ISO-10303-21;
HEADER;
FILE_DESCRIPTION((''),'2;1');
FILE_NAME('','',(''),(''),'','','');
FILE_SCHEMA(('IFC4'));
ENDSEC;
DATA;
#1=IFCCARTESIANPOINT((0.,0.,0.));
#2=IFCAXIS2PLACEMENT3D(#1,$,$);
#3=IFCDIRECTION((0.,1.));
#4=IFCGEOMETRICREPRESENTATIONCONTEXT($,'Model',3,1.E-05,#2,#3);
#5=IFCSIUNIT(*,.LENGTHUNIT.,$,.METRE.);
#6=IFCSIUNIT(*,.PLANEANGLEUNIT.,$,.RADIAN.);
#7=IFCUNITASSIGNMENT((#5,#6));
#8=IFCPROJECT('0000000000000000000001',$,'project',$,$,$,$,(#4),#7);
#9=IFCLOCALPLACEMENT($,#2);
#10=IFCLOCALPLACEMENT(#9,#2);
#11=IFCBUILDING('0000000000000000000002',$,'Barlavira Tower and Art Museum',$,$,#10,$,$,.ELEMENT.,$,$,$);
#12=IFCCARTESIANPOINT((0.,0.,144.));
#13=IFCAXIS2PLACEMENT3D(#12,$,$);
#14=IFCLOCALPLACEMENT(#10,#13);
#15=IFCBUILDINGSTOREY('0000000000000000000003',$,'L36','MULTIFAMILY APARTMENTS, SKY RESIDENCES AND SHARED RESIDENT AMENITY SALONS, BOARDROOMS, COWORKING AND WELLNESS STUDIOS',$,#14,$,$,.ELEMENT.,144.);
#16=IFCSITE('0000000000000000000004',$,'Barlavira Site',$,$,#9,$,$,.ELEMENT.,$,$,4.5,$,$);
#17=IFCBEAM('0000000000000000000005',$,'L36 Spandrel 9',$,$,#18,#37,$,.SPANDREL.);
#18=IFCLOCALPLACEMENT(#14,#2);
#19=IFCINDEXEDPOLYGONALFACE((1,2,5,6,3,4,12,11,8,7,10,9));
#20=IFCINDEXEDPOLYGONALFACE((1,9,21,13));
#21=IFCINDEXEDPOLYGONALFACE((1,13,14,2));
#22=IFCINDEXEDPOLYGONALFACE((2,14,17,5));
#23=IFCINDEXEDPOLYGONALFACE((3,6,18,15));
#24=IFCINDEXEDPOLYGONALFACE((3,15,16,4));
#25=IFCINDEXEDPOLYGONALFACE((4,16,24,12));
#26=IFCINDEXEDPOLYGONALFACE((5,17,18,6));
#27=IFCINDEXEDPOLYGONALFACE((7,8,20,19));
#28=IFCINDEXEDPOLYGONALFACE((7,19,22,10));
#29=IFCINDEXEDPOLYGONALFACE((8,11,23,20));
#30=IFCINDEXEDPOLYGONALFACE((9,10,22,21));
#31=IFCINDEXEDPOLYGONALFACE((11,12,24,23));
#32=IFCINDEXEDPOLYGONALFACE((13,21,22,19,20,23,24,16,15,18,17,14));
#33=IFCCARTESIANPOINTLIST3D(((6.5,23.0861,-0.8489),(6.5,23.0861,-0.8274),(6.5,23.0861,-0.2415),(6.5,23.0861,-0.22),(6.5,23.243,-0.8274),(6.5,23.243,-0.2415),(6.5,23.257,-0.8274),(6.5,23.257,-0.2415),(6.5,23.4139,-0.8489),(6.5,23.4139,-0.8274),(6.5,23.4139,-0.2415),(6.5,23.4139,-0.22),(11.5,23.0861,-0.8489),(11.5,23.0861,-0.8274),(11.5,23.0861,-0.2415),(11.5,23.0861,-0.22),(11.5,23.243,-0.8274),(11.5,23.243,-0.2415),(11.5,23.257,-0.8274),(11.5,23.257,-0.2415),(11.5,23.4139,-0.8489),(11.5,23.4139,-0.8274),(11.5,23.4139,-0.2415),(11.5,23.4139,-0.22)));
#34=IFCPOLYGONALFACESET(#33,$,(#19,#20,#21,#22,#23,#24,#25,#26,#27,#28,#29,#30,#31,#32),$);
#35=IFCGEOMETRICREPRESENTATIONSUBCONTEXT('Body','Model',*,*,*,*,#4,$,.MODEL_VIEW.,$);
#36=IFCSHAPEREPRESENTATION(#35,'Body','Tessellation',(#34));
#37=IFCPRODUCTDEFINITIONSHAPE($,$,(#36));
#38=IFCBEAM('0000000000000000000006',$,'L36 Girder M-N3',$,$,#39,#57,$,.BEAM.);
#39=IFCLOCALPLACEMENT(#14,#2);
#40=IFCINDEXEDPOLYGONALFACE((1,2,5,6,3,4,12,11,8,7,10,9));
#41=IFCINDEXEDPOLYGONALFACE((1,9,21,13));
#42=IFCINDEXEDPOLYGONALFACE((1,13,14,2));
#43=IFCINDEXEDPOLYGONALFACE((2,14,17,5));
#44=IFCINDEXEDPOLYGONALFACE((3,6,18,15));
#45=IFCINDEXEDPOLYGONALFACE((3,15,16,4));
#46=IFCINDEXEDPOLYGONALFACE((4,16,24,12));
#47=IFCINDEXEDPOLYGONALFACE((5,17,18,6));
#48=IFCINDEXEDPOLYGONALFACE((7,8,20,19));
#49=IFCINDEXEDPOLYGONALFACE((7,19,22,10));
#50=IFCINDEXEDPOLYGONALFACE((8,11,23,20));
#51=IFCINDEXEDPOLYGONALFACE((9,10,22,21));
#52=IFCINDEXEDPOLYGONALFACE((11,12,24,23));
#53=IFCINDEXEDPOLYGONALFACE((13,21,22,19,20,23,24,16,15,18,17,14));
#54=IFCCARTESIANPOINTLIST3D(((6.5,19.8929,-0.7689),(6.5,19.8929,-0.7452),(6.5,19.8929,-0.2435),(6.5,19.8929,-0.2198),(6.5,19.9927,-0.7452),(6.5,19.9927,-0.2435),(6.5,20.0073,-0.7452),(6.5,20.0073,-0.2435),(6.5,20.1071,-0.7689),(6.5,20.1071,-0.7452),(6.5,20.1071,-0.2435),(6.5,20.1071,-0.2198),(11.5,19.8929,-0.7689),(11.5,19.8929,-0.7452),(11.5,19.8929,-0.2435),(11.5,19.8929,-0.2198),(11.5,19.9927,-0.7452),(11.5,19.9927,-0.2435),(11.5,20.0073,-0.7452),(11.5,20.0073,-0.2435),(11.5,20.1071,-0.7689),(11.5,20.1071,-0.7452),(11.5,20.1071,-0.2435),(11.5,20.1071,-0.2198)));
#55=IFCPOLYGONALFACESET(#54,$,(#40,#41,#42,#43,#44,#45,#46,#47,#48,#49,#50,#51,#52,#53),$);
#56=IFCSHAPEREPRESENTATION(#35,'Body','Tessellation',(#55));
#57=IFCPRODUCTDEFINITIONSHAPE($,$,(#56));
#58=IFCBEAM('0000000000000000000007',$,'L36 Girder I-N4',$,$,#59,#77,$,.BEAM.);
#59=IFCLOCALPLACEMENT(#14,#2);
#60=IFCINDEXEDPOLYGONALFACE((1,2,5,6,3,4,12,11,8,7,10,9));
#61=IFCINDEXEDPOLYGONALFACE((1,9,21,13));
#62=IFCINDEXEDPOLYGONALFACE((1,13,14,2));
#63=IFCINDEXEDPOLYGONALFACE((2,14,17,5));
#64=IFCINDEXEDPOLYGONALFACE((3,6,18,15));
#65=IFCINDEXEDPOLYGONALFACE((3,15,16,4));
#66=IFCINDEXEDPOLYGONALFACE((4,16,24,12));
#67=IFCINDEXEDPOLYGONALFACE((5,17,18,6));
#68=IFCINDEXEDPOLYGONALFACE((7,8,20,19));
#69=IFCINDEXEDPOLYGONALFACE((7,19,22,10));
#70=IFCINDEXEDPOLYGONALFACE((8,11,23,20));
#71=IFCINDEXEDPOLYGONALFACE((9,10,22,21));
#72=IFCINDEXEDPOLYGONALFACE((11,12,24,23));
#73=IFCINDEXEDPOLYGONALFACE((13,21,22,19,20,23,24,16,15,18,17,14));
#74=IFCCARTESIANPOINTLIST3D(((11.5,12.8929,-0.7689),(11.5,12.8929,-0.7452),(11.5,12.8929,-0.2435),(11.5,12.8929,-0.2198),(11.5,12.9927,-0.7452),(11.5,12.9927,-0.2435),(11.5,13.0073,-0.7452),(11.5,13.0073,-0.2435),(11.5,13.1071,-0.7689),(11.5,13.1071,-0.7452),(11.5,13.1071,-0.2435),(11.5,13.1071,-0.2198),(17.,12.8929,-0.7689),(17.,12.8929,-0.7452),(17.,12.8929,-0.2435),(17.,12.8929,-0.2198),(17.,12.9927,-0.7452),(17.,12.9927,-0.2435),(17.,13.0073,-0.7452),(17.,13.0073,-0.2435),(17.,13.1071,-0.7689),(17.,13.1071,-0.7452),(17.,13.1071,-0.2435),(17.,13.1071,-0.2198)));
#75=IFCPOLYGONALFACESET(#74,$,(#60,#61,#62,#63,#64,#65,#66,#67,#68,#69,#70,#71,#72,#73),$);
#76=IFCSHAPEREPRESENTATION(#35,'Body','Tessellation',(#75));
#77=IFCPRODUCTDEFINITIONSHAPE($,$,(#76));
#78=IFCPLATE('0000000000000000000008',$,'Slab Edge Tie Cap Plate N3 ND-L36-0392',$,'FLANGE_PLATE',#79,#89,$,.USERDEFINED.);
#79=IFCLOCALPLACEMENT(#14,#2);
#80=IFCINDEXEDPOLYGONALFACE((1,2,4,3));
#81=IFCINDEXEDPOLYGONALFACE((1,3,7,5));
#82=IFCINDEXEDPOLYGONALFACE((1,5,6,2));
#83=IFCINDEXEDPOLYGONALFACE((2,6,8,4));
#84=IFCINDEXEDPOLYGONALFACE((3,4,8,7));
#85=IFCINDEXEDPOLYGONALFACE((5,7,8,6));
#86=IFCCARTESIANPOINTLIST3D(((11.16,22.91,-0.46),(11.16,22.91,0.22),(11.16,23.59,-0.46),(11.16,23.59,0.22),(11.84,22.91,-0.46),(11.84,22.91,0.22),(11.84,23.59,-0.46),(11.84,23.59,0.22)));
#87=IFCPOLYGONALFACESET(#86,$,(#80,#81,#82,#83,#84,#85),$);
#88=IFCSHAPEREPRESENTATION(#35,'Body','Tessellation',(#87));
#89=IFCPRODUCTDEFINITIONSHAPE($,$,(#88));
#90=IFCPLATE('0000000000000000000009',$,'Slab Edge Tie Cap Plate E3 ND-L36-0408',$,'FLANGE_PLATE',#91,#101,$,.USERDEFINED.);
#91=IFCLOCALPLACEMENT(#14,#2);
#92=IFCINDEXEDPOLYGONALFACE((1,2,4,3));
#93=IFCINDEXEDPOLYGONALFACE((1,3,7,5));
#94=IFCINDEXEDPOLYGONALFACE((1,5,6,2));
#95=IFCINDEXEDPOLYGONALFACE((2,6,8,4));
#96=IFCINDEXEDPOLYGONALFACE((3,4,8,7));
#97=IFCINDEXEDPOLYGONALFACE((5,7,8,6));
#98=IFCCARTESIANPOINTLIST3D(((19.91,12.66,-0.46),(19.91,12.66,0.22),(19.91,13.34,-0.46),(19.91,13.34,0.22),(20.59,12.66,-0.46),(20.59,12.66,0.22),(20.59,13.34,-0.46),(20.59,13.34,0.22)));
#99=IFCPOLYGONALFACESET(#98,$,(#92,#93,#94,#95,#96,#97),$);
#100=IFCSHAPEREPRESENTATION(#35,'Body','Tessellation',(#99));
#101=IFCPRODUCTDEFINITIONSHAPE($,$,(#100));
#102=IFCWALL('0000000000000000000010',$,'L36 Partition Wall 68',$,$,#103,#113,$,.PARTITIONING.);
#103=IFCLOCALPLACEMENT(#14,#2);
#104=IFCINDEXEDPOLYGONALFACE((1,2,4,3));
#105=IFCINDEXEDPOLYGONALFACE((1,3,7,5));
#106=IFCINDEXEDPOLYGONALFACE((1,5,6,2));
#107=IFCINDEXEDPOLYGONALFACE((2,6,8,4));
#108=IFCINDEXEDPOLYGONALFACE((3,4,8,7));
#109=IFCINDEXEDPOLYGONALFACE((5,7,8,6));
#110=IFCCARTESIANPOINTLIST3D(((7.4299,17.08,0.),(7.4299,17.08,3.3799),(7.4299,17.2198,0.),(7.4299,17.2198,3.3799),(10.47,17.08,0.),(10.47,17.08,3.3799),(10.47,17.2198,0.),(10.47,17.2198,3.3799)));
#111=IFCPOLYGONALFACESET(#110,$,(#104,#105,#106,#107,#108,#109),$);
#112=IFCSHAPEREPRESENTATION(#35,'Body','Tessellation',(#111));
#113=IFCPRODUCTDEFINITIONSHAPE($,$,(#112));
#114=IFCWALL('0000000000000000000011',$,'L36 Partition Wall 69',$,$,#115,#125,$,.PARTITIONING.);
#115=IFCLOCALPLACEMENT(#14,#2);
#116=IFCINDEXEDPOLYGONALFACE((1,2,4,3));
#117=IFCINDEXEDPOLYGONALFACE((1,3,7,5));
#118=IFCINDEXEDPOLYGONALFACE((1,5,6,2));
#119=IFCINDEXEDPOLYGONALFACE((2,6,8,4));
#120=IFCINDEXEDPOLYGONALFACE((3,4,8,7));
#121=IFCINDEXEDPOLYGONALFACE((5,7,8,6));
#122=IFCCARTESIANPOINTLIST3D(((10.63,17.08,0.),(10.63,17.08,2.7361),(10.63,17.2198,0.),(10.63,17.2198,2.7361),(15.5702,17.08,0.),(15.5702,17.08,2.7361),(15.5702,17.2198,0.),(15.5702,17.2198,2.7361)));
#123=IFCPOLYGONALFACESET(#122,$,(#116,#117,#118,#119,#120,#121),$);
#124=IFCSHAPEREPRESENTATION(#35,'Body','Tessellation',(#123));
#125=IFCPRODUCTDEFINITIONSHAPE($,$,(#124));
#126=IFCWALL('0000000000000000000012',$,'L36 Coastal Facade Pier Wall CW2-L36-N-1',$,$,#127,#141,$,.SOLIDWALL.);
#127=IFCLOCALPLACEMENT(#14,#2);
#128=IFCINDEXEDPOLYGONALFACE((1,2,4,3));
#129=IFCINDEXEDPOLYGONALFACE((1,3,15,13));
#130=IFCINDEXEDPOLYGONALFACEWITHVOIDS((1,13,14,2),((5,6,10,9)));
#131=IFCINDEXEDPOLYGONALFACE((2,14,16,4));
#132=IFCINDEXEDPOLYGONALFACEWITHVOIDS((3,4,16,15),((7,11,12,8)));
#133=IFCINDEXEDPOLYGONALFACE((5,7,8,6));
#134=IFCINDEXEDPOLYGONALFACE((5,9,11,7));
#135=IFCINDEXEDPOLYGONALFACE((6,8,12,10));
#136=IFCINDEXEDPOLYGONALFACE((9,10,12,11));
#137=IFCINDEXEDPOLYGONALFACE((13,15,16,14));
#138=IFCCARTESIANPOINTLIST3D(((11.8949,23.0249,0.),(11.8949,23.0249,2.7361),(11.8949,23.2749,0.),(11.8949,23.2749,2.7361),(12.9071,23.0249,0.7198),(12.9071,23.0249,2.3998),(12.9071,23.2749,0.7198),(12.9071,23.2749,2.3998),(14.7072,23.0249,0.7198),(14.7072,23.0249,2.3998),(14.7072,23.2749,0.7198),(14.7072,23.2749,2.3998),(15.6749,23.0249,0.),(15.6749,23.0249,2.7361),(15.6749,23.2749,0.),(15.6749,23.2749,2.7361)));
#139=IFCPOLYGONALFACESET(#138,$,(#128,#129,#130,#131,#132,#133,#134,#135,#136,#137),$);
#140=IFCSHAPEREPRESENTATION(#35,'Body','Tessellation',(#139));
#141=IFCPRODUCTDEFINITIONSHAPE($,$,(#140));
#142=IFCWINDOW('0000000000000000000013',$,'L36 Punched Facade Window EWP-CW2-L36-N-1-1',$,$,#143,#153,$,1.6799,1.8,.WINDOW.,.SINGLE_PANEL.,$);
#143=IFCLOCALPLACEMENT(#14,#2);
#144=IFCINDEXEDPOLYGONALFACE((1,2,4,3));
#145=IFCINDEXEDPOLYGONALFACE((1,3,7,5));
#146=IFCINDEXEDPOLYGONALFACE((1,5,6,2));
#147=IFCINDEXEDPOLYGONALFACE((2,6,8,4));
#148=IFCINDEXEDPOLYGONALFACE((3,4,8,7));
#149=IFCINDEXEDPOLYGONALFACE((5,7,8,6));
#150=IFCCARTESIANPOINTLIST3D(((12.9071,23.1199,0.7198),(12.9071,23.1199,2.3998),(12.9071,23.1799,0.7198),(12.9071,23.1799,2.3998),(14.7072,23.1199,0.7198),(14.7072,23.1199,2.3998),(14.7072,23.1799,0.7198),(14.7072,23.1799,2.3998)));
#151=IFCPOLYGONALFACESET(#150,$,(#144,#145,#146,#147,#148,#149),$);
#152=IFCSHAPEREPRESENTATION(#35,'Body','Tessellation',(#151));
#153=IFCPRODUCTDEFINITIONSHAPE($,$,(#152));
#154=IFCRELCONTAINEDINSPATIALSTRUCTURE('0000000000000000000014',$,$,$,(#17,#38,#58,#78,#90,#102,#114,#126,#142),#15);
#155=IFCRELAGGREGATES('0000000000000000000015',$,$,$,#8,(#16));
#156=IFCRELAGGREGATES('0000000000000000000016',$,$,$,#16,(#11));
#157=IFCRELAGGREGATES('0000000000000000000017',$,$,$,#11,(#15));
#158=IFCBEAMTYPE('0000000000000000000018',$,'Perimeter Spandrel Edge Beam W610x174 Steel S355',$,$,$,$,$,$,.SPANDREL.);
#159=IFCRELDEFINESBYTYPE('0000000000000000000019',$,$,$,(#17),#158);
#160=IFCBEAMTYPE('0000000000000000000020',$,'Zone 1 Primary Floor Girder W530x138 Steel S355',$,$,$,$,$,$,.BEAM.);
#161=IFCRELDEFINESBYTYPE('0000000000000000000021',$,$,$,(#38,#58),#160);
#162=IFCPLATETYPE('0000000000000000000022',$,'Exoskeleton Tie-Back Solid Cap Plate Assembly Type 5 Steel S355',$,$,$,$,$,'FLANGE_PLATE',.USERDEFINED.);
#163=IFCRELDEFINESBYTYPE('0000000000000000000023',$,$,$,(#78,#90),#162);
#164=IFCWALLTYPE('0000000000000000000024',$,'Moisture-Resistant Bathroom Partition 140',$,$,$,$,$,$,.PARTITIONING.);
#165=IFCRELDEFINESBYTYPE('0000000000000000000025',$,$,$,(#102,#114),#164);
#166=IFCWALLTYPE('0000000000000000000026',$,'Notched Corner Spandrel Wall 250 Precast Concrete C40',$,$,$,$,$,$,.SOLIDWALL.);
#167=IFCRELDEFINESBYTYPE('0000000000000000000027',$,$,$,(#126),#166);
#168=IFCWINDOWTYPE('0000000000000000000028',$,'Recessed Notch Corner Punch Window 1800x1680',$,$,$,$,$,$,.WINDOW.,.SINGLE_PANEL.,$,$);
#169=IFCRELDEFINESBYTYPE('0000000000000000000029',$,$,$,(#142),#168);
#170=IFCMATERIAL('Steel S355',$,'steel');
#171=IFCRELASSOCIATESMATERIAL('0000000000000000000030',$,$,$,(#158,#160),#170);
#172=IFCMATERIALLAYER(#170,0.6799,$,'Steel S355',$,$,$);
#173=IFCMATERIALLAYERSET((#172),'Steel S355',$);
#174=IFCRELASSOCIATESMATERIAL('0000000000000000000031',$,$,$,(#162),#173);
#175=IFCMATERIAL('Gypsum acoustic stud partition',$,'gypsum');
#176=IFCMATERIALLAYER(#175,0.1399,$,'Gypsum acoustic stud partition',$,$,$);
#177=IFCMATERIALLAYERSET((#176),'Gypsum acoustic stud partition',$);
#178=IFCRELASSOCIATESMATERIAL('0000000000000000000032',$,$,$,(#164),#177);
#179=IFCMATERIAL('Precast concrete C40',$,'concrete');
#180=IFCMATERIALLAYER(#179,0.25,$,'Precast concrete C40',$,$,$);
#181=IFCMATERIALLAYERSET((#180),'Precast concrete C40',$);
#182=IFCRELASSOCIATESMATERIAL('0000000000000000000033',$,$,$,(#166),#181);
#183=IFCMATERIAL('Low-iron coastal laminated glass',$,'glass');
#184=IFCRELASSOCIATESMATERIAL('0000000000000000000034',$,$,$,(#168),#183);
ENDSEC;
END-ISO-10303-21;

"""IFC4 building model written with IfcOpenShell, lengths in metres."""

from ifc_helpers import new_model, si_unit, direction, frame, frame_2d, origin, origin_2d, place, context, subcontext, project, spatial, rectangle, i_section, extrude, material, layer, layer_set, material_profile, profile_set, type_object, element, fill, save


model = new_model("IFC4")

# Units and contexts
model_context = context("Model", 3, precision=1e-05, world=origin(), true_north=direction((0.0, 1.0)))
body_context = subcontext(model_context, "Body", "Model", "MODEL_VIEW")
ifc_project = project(units=[si_unit("LENGTHUNIT", "METRE"), si_unit("PLANEANGLEUNIT", "RADIAN")], contexts=[model_context])

# Site, building, storey
site_placement = place(None, origin())
site = spatial("IfcSite", under=ifc_project, at=site_placement, Name="Barlavira Site", CompositionType="ELEMENT", RefElevation=4.5)
building_placement = place(site_placement, origin())
building = spatial("IfcBuilding", under=site, at=building_placement, Name="Barlavira Tower and Art Museum", CompositionType="ELEMENT")
storey_placement = place(building_placement, frame((0.0, 0.0, 144.0)))
storey = spatial("IfcBuildingStorey", under=building, at=storey_placement, Name="L36", Description="MULTIFAMILY APARTMENTS, SKY RESIDENCES AND SHARED RESIDENT AMENITY SALONS, BOARDROOMS, COWORKING AND WELLNESS STUDIOS", CompositionType="ELEMENT", Elevation=144.0)

# Shared definitions
ifc_material_1 = material(Name="Steel S355", Category="steel")

# Beams
ifc_material_profile_1 = material_profile(ifc_material_1, i_section(OverallWidth=0.3279, OverallDepth=0.6289, WebThickness=0.0139, FlangeThickness=0.0215, at=origin_2d()), Name="W610x174.0")
ifc_profile_set_1 = profile_set([ifc_material_profile_1], Name="Steel S355")
beam_type_1 = type_object("IfcBeamType", Name="Perimeter Spandrel Edge Beam W610x174 Steel S355", PredefinedType="SPANDREL", material=ifc_profile_set_1)
beam_1_placement = place(storey_placement, frame((6.5, 23.25, -0.5344), z_axis=(1.0, 0.0, 0.0), x_axis=(0.0, 1.0, 0.0)))
element("IfcBeam", 1, at=beam_1_placement, inside=storey, type_object=beam_type_1, Name="L36 Spandrel 9", PredefinedType="SPANDREL", context=body_context, shape_type="SweptSolid", body=[
    extrude(i_section(OverallWidth=0.3279, OverallDepth=0.6289, WebThickness=0.0139, FlangeThickness=0.0215, at=origin_2d()), origin(), (0.0, 0.0, 1.0), 5.0),
])
ifc_material_profile_2 = material_profile(ifc_material_1, i_section(OverallWidth=0.2141, OverallDepth=0.5491, WebThickness=0.0146, FlangeThickness=0.0237, at=origin_2d()), Name="W530x138.0")
ifc_profile_set_2 = profile_set([ifc_material_profile_2], Name="Steel S355")
beam_type_2 = type_object("IfcBeamType", Name="Zone 1 Primary Floor Girder W530x138 Steel S355", PredefinedType="BEAM", material=ifc_profile_set_2)
beam_2_placement = place(storey_placement, frame((6.5, 20.0, -0.4944), z_axis=(1.0, 0.0, 0.0), x_axis=(0.0, 1.0, 0.0)))
element("IfcBeam", 2, at=beam_2_placement, inside=storey, type_object=beam_type_2, Name="L36 Girder M-N3", PredefinedType="BEAM", context=body_context, shape_type="SweptSolid", body=[
    extrude(i_section(OverallWidth=0.2141, OverallDepth=0.5491, WebThickness=0.0146, FlangeThickness=0.0237, at=origin_2d()), origin(), (0.0, 0.0, 1.0), 5.0),
])
beam_3_placement = place(storey_placement, frame((11.5, 13.0, -0.4944), z_axis=(1.0, 0.0, 0.0), x_axis=(0.0, 1.0, 0.0)))
element("IfcBeam", 3, at=beam_3_placement, inside=storey, type_object=beam_type_2, Name="L36 Girder I-N4", PredefinedType="BEAM", context=body_context, shape_type="SweptSolid", body=[
    extrude(i_section(OverallWidth=0.2141, OverallDepth=0.5491, WebThickness=0.0146, FlangeThickness=0.0237, at=origin_2d()), origin(), (0.0, 0.0, 1.0), 5.5),
])

# Plates
ifc_layer_1 = layer(ifc_material_1, 0.6799, Name="Steel S355")
ifc_layer_set_1 = layer_set([ifc_layer_1], Name="Steel S355")
plate_type = type_object("IfcPlateType", Name="Exoskeleton Tie-Back Solid Cap Plate Assembly Type 5 Steel S355", ElementType="FLANGE_PLATE", PredefinedType="USERDEFINED", material=ifc_layer_set_1)
for number, where, z_axis, x_axis, name in (
    (4, (11.5, 23.25, -0.46), (0.0, 0.0, 1.0), (1.0, 0.0, 0.0), "Slab Edge Tie Cap Plate N3 ND-L36-0392"),
    (5, (20.25, 13.0, -0.46), (0.0, 0.0, 1.0), (1.0, 0.0, 0.0), "Slab Edge Tie Cap Plate E3 ND-L36-0408"),
):
    element("IfcPlate", number, at=place(storey_placement, frame(where, z_axis=z_axis, x_axis=x_axis)), inside=storey, type_object=plate_type, Name=name, ObjectType="FLANGE_PLATE", PredefinedType="USERDEFINED", context=body_context, shape_type="SweptSolid", body=[
        extrude(rectangle(XDim=0.6799, YDim=0.6799, at=origin_2d()), origin(), (0.0, 0.0, 1.0), 0.6799),
    ])

# Walls
ifc_material_2 = material(Name="Gypsum acoustic stud partition", Category="gypsum")
ifc_layer_2 = layer(ifc_material_2, 0.1399, Name="Gypsum acoustic stud partition")
ifc_layer_set_2 = layer_set([ifc_layer_2], Name="Gypsum acoustic stud partition")
wall_type_1 = type_object("IfcWallType", Name="Moisture-Resistant Bathroom Partition 140", PredefinedType="PARTITIONING", material=ifc_layer_set_2)
wall_1_placement = place(storey_placement, frame((7.4299, 17.1499, 0.0), z_axis=(0.0, 0.0, 1.0), x_axis=(1.0, 0.0, 0.0)))
element("IfcWall", 6, at=wall_1_placement, inside=storey, type_object=wall_type_1, Name="L36 Partition Wall 68", PredefinedType="PARTITIONING", context=body_context, shape_type="SweptSolid", body=[
    extrude(rectangle(XDim=3.04, YDim=0.1399, at=frame_2d((1.52, 0.0))), origin(), (0.0, 0.0, 1.0), 3.3799),
])
wall_2_placement = place(storey_placement, frame((10.6299, 17.1499, 0.0), z_axis=(0.0, 0.0, 1.0), x_axis=(1.0, 0.0, 0.0)))
element("IfcWall", 7, at=wall_2_placement, inside=storey, type_object=wall_type_1, Name="L36 Partition Wall 69", PredefinedType="PARTITIONING", context=body_context, shape_type="SweptSolid", body=[
    extrude(rectangle(XDim=4.9402, YDim=0.1399, at=frame_2d((2.4702, 0.0))), origin(), (0.0, 0.0, 1.0), 2.7361),
])

# Wall, opening, window
ifc_material_3 = material(Name="Precast concrete C40", Category="concrete")
ifc_layer_3 = layer(ifc_material_3, 0.25, Name="Precast concrete C40")
ifc_layer_set_3 = layer_set([ifc_layer_3], Name="Precast concrete C40")
wall_type_2 = type_object("IfcWallType", Name="Notched Corner Spandrel Wall 250 Precast Concrete C40", PredefinedType="SOLIDWALL", material=ifc_layer_set_3)
wall_3_placement = place(storey_placement, frame((15.675, 23.1499, 0.0), z_axis=(0.0, 0.0, 1.0), x_axis=(-1.0, 0.0, 0.0)))
wall_3 = element("IfcWall", 8, at=wall_3_placement, inside=storey, type_object=wall_type_2, Name="L36 Coastal Facade Pier Wall CW2-L36-N-1", PredefinedType="SOLIDWALL", context=body_context, shape_type="SweptSolid", body=[
    extrude(rectangle(XDim=3.78, YDim=0.25, at=frame_2d((1.8901, 0.0))), origin(), (0.0, 0.0, 1.0), 2.7361),
])
opening_1_placement = place(wall_3_placement, frame((0.968, 0.0, 0.72)))
opening_1 = element("IfcOpeningElement", 9, at=opening_1_placement, cuts=wall_3, PredefinedType="OPENING", context=body_context, shape_type="SweptSolid", body=[
    extrude(rectangle(XDim=1.8, YDim=1.6799, at=frame_2d((0.8999, 0.8398))), frame((0.0, 0.135, 0.0), z_axis=(0.0, -1.0, 0.0), x_axis=(1.0, 0.0, 0.0)), (0.0, 0.0, 1.0), 0.27),
])
ifc_material_4 = material(Name="Low-iron coastal laminated glass", Category="glass")
window_type = type_object("IfcWindowType", Name="Recessed Notch Corner Punch Window 1800x1680", PartitioningType="SINGLE_PANEL", PredefinedType="WINDOW", material=ifc_material_4)
window_1_placement = place(opening_1_placement, origin())
window_1 = element("IfcWindow", 10, at=window_1_placement, inside=storey, type_object=window_type, Name="L36 Punched Facade Window EWP-CW2-L36-N-1-1", OverallHeight=1.6799, OverallWidth=1.8, PartitioningType="SINGLE_PANEL", PredefinedType="WINDOW", context=body_context, shape_type="SweptSolid", body=[
    extrude(rectangle(XDim=1.8, YDim=1.6799, at=frame_2d((0.8999, 0.8398))), frame((0.0, 0.03, 0.0), z_axis=(0.0, -1.0, 0.0), x_axis=(1.0, 0.0, 0.0)), (0.0, 0.0, 1.0), 0.0601),
])
fill(opening_1, window_1)

save(model, "model.ifc")
